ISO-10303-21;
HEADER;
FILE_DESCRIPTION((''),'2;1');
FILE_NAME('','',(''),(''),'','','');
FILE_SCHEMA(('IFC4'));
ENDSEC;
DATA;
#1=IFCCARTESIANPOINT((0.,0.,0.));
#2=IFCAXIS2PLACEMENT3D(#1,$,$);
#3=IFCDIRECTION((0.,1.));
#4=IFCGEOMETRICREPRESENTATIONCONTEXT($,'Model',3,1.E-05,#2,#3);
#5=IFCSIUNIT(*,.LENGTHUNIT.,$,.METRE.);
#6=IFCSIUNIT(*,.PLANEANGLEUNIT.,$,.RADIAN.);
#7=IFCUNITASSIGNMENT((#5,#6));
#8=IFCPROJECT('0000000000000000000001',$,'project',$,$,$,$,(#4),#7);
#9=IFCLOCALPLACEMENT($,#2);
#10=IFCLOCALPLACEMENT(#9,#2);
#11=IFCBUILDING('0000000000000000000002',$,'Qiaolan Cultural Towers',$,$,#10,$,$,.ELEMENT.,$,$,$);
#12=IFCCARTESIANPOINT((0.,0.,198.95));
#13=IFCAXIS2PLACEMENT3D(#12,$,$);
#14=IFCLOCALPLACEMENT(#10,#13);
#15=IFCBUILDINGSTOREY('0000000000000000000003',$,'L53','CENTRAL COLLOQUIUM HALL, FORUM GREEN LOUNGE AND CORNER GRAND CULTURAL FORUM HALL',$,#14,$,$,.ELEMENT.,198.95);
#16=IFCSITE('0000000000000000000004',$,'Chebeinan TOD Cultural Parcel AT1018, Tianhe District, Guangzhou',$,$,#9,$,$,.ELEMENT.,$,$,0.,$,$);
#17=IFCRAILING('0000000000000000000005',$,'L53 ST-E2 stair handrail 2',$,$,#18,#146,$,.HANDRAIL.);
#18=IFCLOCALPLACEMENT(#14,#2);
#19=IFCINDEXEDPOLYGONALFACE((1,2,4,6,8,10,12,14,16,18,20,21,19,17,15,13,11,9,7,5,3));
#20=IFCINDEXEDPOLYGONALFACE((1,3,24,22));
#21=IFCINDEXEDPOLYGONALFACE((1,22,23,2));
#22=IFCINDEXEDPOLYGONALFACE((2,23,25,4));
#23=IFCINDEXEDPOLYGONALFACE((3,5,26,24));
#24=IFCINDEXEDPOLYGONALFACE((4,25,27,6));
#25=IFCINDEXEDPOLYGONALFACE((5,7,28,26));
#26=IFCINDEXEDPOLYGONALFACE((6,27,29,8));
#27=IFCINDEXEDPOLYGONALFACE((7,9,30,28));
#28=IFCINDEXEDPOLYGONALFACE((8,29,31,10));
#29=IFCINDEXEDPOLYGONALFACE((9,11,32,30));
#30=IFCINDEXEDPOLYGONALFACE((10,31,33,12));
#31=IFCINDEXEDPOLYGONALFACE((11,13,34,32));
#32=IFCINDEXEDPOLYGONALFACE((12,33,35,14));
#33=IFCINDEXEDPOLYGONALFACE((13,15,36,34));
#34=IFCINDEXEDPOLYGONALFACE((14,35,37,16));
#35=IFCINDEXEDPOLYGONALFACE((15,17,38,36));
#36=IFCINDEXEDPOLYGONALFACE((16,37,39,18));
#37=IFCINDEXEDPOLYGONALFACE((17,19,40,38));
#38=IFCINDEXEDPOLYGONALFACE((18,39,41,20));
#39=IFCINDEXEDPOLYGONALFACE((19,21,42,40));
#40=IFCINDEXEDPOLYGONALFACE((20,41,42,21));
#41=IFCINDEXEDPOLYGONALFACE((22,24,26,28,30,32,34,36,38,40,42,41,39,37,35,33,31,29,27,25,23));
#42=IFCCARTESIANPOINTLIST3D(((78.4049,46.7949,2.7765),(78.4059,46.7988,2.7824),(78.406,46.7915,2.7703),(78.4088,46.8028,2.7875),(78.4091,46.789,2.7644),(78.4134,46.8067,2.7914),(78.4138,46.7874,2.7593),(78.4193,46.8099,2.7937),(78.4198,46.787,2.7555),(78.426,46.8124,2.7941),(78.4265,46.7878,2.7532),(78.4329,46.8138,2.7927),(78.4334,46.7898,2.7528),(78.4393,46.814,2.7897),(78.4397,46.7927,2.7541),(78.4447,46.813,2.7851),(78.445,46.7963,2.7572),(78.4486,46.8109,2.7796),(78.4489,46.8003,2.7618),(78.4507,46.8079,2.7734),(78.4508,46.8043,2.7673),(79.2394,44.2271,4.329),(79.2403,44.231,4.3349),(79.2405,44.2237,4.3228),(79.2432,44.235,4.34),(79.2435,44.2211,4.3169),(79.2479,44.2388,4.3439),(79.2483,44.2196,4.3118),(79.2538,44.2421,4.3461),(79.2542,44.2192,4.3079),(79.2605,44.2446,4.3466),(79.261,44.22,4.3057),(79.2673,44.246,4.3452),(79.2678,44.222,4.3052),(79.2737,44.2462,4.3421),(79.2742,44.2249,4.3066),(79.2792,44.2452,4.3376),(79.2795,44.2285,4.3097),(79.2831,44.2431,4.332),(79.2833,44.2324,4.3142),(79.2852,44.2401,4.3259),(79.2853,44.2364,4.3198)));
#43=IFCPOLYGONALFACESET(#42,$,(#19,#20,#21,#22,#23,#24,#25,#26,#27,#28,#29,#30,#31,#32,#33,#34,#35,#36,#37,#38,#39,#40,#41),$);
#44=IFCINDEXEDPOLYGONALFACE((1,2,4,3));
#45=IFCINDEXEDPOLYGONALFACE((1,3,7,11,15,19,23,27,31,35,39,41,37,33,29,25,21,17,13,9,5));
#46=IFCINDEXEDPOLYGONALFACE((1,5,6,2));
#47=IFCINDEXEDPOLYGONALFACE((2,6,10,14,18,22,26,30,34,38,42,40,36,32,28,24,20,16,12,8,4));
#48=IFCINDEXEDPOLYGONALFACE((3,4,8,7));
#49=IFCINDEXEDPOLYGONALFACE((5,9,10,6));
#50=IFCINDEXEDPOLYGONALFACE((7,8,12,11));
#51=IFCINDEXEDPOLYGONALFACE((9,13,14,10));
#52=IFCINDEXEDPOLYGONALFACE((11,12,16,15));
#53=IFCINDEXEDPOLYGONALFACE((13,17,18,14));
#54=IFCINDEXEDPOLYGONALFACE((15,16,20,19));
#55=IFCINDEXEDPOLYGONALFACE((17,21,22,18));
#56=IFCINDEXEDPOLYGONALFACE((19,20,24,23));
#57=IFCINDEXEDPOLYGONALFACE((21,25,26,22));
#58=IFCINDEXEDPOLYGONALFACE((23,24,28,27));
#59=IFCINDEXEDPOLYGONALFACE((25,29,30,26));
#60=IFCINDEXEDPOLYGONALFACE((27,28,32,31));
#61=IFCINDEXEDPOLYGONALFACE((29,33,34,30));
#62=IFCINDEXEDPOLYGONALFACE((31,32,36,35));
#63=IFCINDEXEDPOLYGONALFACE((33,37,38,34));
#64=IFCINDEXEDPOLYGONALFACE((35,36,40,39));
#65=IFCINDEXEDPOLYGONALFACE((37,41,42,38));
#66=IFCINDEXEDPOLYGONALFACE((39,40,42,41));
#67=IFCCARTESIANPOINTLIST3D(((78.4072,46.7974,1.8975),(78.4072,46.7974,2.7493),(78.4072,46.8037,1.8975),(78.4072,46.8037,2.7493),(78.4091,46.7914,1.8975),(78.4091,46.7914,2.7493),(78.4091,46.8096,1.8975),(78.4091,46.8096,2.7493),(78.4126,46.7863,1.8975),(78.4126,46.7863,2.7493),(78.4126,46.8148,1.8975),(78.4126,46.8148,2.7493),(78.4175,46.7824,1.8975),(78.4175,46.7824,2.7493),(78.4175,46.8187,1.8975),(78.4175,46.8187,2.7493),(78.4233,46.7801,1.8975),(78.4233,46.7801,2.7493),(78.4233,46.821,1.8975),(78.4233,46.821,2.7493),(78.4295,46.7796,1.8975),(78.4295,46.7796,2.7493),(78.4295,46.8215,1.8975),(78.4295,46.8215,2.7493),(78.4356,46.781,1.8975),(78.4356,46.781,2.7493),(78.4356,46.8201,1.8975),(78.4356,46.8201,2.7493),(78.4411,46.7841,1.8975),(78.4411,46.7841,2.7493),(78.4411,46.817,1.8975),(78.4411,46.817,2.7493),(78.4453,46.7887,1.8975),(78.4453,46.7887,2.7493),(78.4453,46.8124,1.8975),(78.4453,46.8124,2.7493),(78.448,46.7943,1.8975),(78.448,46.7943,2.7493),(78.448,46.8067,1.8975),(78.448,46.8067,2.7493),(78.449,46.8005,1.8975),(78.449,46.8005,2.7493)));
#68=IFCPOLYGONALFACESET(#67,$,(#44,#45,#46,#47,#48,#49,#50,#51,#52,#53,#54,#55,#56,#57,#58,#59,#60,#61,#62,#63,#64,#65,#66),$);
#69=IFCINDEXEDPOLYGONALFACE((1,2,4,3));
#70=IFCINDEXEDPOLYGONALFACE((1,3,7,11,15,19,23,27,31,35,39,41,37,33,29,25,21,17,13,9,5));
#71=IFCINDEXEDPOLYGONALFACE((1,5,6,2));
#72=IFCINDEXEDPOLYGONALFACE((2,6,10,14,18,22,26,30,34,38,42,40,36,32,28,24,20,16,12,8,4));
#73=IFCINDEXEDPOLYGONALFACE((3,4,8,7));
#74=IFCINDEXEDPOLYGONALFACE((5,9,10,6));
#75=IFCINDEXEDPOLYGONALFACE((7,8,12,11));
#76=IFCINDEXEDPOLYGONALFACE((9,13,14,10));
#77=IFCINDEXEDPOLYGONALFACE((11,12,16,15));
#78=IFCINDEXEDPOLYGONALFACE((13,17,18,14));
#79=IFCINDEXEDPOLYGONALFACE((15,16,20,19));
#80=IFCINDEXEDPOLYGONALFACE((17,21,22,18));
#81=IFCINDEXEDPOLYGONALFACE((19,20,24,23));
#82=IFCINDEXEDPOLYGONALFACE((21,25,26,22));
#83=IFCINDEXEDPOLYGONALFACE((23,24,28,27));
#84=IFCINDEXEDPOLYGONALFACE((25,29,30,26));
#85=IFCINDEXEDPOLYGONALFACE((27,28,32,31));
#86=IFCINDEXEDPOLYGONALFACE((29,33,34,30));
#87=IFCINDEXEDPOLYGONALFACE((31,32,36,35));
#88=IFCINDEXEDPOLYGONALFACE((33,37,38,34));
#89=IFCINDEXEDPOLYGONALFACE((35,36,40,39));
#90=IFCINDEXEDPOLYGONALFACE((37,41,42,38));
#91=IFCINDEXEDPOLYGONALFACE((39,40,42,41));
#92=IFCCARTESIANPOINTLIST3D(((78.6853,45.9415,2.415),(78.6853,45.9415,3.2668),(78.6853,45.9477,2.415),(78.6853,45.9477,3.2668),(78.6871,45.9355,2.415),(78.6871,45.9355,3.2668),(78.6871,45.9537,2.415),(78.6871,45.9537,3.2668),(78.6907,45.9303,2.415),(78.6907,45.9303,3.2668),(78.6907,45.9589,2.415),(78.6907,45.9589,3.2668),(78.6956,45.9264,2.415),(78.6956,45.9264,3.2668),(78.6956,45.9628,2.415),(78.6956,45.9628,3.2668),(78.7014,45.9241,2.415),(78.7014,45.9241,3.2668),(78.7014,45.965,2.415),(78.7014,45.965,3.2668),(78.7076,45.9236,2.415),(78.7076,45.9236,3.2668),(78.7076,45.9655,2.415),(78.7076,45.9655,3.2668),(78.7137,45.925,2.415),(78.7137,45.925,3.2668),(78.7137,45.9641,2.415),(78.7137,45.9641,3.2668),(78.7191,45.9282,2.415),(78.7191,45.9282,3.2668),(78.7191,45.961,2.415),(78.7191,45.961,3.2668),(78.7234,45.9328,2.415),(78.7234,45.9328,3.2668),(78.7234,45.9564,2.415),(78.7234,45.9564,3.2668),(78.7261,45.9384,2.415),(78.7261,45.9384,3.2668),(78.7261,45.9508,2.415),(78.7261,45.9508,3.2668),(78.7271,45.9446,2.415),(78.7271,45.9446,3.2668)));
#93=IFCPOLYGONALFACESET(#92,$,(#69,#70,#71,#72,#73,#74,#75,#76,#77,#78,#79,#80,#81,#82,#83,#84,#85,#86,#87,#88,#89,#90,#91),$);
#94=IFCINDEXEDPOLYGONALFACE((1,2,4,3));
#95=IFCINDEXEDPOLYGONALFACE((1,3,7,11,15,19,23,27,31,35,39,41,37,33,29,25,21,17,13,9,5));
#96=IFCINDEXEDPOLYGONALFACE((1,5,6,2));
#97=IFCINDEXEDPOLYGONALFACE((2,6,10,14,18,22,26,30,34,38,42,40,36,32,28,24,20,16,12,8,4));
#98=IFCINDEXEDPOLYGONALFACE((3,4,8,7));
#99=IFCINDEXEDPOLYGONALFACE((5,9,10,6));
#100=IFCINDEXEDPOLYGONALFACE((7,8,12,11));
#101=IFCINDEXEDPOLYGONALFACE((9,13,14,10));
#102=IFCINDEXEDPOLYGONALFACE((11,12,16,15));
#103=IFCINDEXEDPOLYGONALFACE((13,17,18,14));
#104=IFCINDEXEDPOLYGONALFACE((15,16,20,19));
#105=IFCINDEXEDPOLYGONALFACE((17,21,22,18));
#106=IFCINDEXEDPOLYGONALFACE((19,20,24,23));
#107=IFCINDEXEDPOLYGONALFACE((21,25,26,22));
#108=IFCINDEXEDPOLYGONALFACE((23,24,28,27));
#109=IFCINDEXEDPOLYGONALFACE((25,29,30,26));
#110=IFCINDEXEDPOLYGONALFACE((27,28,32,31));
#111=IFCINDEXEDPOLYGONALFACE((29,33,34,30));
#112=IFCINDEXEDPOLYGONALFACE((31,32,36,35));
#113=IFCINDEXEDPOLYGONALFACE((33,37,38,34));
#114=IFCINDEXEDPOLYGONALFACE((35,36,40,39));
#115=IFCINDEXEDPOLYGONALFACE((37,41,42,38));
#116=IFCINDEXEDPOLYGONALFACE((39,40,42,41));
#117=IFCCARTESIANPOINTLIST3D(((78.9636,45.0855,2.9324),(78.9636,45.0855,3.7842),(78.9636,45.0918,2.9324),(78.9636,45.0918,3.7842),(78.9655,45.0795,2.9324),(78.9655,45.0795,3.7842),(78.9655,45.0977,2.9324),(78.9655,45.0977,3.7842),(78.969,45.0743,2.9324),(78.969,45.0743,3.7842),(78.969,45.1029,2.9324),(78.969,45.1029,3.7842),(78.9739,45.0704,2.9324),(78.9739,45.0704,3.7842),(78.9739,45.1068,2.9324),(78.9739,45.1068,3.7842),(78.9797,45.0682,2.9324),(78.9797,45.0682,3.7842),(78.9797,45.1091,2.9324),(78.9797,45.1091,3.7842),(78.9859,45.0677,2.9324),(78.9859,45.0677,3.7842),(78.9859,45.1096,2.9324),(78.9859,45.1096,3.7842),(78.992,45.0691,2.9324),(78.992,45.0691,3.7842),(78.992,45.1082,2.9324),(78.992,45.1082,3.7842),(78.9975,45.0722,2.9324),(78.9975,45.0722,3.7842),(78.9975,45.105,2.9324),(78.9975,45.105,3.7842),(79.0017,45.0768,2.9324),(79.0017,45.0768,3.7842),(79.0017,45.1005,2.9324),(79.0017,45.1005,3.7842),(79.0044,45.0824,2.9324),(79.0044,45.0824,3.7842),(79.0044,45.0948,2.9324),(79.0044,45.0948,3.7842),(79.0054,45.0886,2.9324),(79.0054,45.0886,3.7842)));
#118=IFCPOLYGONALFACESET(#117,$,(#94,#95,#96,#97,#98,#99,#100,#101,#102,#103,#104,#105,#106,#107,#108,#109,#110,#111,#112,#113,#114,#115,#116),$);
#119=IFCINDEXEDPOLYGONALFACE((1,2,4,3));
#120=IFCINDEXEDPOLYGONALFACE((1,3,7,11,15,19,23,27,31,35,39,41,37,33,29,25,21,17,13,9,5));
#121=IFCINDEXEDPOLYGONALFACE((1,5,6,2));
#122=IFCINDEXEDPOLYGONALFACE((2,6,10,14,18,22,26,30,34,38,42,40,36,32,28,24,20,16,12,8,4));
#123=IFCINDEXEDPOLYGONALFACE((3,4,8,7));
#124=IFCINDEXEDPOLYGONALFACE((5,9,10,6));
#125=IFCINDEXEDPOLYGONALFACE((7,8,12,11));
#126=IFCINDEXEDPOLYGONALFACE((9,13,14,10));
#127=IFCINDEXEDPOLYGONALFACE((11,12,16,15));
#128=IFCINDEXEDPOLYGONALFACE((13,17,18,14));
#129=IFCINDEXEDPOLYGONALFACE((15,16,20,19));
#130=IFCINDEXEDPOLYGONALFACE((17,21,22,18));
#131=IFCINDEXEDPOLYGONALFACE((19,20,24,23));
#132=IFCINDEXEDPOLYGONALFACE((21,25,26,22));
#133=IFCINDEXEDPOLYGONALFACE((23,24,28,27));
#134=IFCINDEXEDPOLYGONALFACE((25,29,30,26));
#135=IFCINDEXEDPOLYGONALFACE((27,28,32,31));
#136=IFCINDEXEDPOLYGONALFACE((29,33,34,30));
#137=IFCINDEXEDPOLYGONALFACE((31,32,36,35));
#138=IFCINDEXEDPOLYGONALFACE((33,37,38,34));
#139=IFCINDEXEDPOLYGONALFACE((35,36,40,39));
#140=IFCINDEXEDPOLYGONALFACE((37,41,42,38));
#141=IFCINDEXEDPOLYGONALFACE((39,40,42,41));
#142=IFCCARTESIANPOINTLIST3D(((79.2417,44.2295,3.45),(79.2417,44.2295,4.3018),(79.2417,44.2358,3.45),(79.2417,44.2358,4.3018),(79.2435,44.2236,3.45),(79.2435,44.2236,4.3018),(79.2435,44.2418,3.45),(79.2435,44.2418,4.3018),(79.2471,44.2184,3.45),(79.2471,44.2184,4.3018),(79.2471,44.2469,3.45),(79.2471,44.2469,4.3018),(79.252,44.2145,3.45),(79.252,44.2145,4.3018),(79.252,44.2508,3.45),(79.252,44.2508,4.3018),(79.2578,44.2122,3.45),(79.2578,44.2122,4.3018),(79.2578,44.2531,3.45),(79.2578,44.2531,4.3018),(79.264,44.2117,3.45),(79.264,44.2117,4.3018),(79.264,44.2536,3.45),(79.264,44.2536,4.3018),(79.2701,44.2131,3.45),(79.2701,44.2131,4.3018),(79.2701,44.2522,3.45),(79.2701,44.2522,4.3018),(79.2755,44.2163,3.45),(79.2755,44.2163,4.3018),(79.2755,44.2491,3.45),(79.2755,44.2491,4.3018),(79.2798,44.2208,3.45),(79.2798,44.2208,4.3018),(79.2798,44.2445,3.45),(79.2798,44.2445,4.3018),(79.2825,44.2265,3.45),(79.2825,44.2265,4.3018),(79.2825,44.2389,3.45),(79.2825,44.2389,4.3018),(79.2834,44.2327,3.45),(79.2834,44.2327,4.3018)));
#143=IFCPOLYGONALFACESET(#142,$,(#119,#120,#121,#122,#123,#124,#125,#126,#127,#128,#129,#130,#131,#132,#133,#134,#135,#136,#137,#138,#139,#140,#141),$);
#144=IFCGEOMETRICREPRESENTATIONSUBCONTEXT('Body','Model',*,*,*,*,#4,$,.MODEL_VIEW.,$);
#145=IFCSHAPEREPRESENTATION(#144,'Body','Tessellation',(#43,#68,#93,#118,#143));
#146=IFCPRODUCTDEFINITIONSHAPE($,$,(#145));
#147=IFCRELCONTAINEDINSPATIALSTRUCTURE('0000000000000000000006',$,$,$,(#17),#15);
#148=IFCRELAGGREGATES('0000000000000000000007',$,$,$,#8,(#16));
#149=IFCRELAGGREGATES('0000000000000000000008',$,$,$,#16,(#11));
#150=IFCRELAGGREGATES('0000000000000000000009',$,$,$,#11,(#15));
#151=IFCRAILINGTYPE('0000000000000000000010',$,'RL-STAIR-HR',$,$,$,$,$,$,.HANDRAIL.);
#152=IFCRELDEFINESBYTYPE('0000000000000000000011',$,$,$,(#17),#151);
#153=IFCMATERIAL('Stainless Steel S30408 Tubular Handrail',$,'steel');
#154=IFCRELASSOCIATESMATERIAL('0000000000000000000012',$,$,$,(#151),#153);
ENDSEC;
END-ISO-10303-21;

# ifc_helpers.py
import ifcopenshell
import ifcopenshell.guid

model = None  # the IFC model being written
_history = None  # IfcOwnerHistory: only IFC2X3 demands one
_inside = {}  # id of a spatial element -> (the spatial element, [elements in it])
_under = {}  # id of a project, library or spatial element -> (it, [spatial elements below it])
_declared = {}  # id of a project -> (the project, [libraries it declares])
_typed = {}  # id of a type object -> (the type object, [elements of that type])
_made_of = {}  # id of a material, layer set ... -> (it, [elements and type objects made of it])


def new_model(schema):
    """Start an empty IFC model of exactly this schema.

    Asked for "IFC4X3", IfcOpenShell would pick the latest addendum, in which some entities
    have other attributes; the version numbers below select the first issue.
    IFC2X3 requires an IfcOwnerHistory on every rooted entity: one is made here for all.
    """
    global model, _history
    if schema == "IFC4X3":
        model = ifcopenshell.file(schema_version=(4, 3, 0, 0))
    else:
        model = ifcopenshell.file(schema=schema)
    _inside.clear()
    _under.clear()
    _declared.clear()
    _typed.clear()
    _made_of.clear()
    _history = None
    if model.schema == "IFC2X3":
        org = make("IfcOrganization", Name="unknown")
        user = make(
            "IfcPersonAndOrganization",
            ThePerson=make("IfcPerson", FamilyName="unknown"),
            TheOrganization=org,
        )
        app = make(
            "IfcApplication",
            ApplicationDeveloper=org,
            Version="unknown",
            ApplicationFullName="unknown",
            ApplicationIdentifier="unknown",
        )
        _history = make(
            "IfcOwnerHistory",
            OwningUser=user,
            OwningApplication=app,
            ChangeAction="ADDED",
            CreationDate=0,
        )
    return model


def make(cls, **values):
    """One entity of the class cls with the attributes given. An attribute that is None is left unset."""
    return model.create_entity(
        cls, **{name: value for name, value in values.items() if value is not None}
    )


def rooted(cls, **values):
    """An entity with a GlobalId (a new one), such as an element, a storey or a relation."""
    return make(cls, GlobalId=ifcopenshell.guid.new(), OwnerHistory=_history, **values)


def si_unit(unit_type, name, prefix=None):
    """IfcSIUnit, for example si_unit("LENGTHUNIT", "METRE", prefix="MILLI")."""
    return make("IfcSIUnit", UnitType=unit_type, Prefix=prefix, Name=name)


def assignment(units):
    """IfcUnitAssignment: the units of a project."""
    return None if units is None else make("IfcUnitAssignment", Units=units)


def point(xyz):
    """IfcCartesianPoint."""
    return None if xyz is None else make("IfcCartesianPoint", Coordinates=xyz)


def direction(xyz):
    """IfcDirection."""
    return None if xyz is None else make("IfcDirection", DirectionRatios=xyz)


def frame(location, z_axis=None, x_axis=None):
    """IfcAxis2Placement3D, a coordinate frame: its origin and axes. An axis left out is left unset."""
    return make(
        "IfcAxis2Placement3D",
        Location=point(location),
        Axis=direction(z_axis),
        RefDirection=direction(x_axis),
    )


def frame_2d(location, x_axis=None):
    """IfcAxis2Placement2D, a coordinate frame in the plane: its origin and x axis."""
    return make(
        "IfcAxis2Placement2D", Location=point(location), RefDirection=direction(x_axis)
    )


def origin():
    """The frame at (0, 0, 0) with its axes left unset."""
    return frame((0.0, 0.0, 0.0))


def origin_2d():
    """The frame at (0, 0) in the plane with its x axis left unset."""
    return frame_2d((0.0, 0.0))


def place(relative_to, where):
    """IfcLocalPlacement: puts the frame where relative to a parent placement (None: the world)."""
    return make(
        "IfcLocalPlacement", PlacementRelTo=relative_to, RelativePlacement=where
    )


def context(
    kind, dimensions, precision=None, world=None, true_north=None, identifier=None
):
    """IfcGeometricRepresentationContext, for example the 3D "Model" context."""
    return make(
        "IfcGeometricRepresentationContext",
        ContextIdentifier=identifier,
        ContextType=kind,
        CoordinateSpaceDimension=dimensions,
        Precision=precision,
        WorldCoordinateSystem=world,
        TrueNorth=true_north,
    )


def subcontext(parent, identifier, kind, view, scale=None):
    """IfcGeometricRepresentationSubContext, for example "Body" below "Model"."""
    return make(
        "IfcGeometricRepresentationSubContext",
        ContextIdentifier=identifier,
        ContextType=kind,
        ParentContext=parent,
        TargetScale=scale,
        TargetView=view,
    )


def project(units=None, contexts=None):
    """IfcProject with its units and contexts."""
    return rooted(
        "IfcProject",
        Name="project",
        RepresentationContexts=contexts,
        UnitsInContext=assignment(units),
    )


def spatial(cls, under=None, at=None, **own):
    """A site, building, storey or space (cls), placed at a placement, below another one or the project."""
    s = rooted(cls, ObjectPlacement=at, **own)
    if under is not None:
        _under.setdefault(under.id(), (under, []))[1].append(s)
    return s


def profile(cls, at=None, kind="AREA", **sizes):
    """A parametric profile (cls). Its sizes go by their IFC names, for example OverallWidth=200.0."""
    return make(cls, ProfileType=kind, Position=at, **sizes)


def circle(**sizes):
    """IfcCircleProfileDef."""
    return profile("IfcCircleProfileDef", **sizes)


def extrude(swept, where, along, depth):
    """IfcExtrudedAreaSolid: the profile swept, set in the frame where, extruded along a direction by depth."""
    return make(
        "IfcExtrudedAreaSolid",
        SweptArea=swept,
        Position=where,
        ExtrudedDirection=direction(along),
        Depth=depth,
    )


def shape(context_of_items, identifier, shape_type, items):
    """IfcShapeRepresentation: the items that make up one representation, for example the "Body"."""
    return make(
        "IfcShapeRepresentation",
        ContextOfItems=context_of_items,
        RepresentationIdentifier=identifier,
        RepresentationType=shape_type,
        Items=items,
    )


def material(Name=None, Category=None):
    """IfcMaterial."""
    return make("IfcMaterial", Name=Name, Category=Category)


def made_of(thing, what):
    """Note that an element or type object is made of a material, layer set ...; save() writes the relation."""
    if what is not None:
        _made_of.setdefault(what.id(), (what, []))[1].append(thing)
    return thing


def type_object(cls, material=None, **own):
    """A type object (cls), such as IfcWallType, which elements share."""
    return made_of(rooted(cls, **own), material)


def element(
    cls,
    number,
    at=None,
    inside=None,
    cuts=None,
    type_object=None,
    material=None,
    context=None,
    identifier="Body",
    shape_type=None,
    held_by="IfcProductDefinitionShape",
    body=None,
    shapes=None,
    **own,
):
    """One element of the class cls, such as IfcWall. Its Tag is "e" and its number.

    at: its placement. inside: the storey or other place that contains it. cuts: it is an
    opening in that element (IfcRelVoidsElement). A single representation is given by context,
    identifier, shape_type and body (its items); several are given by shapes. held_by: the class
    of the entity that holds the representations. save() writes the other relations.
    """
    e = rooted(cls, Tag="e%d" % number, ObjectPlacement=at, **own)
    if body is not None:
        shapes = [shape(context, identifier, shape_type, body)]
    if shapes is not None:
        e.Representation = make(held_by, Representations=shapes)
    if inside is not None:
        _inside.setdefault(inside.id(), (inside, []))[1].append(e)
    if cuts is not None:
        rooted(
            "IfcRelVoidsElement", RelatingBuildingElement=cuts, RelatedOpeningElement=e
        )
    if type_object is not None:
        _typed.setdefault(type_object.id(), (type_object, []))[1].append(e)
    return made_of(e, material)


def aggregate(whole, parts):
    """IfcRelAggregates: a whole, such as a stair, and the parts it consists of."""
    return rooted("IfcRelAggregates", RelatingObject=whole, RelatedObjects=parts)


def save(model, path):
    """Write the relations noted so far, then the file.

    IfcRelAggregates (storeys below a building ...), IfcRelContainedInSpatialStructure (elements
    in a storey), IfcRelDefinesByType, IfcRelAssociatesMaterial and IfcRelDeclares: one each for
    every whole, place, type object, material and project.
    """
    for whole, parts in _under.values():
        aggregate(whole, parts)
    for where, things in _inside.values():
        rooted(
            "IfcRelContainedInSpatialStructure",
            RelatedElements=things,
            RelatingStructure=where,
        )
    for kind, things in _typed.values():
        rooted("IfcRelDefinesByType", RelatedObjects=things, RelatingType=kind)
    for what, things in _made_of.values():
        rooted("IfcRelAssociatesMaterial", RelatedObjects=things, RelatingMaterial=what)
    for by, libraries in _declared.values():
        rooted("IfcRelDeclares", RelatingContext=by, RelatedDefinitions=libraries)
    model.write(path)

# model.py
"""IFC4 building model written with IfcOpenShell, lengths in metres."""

from ifc_helpers import new_model, si_unit, direction, frame, origin, origin_2d, place, context, subcontext, project, spatial, circle, extrude, material, type_object, element, save


model = new_model("IFC4")

# Units and contexts
model_context = context("Model", 3, precision=1e-05, world=origin(), true_north=direction((0.0, 1.0)))
body_context = subcontext(model_context, "Body", "Model", "MODEL_VIEW")
ifc_project = project(units=[si_unit("LENGTHUNIT", "METRE"), si_unit("PLANEANGLEUNIT", "RADIAN")], contexts=[model_context])

# Site, building, storey
site_placement = place(None, origin())
site = spatial("IfcSite", under=ifc_project, at=site_placement, Name="Chebeinan TOD Cultural Parcel AT1018, Tianhe District, Guangzhou", CompositionType="ELEMENT", RefElevation=0.0)
building_placement = place(site_placement, origin())
building = spatial("IfcBuilding", under=site, at=building_placement, Name="Qiaolan Cultural Towers", CompositionType="ELEMENT")
storey_placement = place(building_placement, frame((0.0, 0.0, 198.95)))
storey = spatial("IfcBuildingStorey", under=building, at=storey_placement, Name="L53", Description="CENTRAL COLLOQUIUM HALL, FORUM GREEN LOUNGE AND CORNER GRAND CULTURAL FORUM HALL", CompositionType="ELEMENT", Elevation=198.95)

# Railing
ifc_material_1 = material(Name="Stainless Steel S30408 Tubular Handrail", Category="steel")
railing_type_1 = type_object("IfcRailingType", Name="RL-STAIR-HR", PredefinedType="HANDRAIL", material=ifc_material_1)
railing_1_placement = place(storey_placement, frame((78.428, 46.8005, 1.8975)))
element("IfcRailing", 1, at=railing_1_placement, inside=storey, type_object=railing_type_1, Name="L53 ST-E2 stair handrail 2", PredefinedType="HANDRAIL", context=body_context, shape_type="SweptSolid", body=[
    extrude(circle(Radius=0.0239, at=origin_2d()), frame((0.0, 0.0, 0.876), z_axis=(0.267926, -0.824471, 0.498461), x_axis=(0.951043, 0.309057, 0.0)), (0.0, 0.0, 1.0), 3.1145),
    extrude(circle(Radius=0.021, at=origin_2d()), origin(), (0.0, 0.0, 1.0), 0.8518),
    extrude(circle(Radius=0.021, at=origin_2d()), frame((0.2781, -0.856, 0.5176)), (0.0, 0.0, 1.0), 0.8518),
    extrude(circle(Radius=0.021, at=origin_2d()), frame((0.5564, -1.7119, 1.0349)), (0.0, 0.0, 1.0), 0.8518),
    extrude(circle(Radius=0.021, at=origin_2d()), frame((0.8345, -2.5679, 1.5525)), (0.0, 0.0, 1.0), 0.8518),
])

save(model, "model.ifc")
